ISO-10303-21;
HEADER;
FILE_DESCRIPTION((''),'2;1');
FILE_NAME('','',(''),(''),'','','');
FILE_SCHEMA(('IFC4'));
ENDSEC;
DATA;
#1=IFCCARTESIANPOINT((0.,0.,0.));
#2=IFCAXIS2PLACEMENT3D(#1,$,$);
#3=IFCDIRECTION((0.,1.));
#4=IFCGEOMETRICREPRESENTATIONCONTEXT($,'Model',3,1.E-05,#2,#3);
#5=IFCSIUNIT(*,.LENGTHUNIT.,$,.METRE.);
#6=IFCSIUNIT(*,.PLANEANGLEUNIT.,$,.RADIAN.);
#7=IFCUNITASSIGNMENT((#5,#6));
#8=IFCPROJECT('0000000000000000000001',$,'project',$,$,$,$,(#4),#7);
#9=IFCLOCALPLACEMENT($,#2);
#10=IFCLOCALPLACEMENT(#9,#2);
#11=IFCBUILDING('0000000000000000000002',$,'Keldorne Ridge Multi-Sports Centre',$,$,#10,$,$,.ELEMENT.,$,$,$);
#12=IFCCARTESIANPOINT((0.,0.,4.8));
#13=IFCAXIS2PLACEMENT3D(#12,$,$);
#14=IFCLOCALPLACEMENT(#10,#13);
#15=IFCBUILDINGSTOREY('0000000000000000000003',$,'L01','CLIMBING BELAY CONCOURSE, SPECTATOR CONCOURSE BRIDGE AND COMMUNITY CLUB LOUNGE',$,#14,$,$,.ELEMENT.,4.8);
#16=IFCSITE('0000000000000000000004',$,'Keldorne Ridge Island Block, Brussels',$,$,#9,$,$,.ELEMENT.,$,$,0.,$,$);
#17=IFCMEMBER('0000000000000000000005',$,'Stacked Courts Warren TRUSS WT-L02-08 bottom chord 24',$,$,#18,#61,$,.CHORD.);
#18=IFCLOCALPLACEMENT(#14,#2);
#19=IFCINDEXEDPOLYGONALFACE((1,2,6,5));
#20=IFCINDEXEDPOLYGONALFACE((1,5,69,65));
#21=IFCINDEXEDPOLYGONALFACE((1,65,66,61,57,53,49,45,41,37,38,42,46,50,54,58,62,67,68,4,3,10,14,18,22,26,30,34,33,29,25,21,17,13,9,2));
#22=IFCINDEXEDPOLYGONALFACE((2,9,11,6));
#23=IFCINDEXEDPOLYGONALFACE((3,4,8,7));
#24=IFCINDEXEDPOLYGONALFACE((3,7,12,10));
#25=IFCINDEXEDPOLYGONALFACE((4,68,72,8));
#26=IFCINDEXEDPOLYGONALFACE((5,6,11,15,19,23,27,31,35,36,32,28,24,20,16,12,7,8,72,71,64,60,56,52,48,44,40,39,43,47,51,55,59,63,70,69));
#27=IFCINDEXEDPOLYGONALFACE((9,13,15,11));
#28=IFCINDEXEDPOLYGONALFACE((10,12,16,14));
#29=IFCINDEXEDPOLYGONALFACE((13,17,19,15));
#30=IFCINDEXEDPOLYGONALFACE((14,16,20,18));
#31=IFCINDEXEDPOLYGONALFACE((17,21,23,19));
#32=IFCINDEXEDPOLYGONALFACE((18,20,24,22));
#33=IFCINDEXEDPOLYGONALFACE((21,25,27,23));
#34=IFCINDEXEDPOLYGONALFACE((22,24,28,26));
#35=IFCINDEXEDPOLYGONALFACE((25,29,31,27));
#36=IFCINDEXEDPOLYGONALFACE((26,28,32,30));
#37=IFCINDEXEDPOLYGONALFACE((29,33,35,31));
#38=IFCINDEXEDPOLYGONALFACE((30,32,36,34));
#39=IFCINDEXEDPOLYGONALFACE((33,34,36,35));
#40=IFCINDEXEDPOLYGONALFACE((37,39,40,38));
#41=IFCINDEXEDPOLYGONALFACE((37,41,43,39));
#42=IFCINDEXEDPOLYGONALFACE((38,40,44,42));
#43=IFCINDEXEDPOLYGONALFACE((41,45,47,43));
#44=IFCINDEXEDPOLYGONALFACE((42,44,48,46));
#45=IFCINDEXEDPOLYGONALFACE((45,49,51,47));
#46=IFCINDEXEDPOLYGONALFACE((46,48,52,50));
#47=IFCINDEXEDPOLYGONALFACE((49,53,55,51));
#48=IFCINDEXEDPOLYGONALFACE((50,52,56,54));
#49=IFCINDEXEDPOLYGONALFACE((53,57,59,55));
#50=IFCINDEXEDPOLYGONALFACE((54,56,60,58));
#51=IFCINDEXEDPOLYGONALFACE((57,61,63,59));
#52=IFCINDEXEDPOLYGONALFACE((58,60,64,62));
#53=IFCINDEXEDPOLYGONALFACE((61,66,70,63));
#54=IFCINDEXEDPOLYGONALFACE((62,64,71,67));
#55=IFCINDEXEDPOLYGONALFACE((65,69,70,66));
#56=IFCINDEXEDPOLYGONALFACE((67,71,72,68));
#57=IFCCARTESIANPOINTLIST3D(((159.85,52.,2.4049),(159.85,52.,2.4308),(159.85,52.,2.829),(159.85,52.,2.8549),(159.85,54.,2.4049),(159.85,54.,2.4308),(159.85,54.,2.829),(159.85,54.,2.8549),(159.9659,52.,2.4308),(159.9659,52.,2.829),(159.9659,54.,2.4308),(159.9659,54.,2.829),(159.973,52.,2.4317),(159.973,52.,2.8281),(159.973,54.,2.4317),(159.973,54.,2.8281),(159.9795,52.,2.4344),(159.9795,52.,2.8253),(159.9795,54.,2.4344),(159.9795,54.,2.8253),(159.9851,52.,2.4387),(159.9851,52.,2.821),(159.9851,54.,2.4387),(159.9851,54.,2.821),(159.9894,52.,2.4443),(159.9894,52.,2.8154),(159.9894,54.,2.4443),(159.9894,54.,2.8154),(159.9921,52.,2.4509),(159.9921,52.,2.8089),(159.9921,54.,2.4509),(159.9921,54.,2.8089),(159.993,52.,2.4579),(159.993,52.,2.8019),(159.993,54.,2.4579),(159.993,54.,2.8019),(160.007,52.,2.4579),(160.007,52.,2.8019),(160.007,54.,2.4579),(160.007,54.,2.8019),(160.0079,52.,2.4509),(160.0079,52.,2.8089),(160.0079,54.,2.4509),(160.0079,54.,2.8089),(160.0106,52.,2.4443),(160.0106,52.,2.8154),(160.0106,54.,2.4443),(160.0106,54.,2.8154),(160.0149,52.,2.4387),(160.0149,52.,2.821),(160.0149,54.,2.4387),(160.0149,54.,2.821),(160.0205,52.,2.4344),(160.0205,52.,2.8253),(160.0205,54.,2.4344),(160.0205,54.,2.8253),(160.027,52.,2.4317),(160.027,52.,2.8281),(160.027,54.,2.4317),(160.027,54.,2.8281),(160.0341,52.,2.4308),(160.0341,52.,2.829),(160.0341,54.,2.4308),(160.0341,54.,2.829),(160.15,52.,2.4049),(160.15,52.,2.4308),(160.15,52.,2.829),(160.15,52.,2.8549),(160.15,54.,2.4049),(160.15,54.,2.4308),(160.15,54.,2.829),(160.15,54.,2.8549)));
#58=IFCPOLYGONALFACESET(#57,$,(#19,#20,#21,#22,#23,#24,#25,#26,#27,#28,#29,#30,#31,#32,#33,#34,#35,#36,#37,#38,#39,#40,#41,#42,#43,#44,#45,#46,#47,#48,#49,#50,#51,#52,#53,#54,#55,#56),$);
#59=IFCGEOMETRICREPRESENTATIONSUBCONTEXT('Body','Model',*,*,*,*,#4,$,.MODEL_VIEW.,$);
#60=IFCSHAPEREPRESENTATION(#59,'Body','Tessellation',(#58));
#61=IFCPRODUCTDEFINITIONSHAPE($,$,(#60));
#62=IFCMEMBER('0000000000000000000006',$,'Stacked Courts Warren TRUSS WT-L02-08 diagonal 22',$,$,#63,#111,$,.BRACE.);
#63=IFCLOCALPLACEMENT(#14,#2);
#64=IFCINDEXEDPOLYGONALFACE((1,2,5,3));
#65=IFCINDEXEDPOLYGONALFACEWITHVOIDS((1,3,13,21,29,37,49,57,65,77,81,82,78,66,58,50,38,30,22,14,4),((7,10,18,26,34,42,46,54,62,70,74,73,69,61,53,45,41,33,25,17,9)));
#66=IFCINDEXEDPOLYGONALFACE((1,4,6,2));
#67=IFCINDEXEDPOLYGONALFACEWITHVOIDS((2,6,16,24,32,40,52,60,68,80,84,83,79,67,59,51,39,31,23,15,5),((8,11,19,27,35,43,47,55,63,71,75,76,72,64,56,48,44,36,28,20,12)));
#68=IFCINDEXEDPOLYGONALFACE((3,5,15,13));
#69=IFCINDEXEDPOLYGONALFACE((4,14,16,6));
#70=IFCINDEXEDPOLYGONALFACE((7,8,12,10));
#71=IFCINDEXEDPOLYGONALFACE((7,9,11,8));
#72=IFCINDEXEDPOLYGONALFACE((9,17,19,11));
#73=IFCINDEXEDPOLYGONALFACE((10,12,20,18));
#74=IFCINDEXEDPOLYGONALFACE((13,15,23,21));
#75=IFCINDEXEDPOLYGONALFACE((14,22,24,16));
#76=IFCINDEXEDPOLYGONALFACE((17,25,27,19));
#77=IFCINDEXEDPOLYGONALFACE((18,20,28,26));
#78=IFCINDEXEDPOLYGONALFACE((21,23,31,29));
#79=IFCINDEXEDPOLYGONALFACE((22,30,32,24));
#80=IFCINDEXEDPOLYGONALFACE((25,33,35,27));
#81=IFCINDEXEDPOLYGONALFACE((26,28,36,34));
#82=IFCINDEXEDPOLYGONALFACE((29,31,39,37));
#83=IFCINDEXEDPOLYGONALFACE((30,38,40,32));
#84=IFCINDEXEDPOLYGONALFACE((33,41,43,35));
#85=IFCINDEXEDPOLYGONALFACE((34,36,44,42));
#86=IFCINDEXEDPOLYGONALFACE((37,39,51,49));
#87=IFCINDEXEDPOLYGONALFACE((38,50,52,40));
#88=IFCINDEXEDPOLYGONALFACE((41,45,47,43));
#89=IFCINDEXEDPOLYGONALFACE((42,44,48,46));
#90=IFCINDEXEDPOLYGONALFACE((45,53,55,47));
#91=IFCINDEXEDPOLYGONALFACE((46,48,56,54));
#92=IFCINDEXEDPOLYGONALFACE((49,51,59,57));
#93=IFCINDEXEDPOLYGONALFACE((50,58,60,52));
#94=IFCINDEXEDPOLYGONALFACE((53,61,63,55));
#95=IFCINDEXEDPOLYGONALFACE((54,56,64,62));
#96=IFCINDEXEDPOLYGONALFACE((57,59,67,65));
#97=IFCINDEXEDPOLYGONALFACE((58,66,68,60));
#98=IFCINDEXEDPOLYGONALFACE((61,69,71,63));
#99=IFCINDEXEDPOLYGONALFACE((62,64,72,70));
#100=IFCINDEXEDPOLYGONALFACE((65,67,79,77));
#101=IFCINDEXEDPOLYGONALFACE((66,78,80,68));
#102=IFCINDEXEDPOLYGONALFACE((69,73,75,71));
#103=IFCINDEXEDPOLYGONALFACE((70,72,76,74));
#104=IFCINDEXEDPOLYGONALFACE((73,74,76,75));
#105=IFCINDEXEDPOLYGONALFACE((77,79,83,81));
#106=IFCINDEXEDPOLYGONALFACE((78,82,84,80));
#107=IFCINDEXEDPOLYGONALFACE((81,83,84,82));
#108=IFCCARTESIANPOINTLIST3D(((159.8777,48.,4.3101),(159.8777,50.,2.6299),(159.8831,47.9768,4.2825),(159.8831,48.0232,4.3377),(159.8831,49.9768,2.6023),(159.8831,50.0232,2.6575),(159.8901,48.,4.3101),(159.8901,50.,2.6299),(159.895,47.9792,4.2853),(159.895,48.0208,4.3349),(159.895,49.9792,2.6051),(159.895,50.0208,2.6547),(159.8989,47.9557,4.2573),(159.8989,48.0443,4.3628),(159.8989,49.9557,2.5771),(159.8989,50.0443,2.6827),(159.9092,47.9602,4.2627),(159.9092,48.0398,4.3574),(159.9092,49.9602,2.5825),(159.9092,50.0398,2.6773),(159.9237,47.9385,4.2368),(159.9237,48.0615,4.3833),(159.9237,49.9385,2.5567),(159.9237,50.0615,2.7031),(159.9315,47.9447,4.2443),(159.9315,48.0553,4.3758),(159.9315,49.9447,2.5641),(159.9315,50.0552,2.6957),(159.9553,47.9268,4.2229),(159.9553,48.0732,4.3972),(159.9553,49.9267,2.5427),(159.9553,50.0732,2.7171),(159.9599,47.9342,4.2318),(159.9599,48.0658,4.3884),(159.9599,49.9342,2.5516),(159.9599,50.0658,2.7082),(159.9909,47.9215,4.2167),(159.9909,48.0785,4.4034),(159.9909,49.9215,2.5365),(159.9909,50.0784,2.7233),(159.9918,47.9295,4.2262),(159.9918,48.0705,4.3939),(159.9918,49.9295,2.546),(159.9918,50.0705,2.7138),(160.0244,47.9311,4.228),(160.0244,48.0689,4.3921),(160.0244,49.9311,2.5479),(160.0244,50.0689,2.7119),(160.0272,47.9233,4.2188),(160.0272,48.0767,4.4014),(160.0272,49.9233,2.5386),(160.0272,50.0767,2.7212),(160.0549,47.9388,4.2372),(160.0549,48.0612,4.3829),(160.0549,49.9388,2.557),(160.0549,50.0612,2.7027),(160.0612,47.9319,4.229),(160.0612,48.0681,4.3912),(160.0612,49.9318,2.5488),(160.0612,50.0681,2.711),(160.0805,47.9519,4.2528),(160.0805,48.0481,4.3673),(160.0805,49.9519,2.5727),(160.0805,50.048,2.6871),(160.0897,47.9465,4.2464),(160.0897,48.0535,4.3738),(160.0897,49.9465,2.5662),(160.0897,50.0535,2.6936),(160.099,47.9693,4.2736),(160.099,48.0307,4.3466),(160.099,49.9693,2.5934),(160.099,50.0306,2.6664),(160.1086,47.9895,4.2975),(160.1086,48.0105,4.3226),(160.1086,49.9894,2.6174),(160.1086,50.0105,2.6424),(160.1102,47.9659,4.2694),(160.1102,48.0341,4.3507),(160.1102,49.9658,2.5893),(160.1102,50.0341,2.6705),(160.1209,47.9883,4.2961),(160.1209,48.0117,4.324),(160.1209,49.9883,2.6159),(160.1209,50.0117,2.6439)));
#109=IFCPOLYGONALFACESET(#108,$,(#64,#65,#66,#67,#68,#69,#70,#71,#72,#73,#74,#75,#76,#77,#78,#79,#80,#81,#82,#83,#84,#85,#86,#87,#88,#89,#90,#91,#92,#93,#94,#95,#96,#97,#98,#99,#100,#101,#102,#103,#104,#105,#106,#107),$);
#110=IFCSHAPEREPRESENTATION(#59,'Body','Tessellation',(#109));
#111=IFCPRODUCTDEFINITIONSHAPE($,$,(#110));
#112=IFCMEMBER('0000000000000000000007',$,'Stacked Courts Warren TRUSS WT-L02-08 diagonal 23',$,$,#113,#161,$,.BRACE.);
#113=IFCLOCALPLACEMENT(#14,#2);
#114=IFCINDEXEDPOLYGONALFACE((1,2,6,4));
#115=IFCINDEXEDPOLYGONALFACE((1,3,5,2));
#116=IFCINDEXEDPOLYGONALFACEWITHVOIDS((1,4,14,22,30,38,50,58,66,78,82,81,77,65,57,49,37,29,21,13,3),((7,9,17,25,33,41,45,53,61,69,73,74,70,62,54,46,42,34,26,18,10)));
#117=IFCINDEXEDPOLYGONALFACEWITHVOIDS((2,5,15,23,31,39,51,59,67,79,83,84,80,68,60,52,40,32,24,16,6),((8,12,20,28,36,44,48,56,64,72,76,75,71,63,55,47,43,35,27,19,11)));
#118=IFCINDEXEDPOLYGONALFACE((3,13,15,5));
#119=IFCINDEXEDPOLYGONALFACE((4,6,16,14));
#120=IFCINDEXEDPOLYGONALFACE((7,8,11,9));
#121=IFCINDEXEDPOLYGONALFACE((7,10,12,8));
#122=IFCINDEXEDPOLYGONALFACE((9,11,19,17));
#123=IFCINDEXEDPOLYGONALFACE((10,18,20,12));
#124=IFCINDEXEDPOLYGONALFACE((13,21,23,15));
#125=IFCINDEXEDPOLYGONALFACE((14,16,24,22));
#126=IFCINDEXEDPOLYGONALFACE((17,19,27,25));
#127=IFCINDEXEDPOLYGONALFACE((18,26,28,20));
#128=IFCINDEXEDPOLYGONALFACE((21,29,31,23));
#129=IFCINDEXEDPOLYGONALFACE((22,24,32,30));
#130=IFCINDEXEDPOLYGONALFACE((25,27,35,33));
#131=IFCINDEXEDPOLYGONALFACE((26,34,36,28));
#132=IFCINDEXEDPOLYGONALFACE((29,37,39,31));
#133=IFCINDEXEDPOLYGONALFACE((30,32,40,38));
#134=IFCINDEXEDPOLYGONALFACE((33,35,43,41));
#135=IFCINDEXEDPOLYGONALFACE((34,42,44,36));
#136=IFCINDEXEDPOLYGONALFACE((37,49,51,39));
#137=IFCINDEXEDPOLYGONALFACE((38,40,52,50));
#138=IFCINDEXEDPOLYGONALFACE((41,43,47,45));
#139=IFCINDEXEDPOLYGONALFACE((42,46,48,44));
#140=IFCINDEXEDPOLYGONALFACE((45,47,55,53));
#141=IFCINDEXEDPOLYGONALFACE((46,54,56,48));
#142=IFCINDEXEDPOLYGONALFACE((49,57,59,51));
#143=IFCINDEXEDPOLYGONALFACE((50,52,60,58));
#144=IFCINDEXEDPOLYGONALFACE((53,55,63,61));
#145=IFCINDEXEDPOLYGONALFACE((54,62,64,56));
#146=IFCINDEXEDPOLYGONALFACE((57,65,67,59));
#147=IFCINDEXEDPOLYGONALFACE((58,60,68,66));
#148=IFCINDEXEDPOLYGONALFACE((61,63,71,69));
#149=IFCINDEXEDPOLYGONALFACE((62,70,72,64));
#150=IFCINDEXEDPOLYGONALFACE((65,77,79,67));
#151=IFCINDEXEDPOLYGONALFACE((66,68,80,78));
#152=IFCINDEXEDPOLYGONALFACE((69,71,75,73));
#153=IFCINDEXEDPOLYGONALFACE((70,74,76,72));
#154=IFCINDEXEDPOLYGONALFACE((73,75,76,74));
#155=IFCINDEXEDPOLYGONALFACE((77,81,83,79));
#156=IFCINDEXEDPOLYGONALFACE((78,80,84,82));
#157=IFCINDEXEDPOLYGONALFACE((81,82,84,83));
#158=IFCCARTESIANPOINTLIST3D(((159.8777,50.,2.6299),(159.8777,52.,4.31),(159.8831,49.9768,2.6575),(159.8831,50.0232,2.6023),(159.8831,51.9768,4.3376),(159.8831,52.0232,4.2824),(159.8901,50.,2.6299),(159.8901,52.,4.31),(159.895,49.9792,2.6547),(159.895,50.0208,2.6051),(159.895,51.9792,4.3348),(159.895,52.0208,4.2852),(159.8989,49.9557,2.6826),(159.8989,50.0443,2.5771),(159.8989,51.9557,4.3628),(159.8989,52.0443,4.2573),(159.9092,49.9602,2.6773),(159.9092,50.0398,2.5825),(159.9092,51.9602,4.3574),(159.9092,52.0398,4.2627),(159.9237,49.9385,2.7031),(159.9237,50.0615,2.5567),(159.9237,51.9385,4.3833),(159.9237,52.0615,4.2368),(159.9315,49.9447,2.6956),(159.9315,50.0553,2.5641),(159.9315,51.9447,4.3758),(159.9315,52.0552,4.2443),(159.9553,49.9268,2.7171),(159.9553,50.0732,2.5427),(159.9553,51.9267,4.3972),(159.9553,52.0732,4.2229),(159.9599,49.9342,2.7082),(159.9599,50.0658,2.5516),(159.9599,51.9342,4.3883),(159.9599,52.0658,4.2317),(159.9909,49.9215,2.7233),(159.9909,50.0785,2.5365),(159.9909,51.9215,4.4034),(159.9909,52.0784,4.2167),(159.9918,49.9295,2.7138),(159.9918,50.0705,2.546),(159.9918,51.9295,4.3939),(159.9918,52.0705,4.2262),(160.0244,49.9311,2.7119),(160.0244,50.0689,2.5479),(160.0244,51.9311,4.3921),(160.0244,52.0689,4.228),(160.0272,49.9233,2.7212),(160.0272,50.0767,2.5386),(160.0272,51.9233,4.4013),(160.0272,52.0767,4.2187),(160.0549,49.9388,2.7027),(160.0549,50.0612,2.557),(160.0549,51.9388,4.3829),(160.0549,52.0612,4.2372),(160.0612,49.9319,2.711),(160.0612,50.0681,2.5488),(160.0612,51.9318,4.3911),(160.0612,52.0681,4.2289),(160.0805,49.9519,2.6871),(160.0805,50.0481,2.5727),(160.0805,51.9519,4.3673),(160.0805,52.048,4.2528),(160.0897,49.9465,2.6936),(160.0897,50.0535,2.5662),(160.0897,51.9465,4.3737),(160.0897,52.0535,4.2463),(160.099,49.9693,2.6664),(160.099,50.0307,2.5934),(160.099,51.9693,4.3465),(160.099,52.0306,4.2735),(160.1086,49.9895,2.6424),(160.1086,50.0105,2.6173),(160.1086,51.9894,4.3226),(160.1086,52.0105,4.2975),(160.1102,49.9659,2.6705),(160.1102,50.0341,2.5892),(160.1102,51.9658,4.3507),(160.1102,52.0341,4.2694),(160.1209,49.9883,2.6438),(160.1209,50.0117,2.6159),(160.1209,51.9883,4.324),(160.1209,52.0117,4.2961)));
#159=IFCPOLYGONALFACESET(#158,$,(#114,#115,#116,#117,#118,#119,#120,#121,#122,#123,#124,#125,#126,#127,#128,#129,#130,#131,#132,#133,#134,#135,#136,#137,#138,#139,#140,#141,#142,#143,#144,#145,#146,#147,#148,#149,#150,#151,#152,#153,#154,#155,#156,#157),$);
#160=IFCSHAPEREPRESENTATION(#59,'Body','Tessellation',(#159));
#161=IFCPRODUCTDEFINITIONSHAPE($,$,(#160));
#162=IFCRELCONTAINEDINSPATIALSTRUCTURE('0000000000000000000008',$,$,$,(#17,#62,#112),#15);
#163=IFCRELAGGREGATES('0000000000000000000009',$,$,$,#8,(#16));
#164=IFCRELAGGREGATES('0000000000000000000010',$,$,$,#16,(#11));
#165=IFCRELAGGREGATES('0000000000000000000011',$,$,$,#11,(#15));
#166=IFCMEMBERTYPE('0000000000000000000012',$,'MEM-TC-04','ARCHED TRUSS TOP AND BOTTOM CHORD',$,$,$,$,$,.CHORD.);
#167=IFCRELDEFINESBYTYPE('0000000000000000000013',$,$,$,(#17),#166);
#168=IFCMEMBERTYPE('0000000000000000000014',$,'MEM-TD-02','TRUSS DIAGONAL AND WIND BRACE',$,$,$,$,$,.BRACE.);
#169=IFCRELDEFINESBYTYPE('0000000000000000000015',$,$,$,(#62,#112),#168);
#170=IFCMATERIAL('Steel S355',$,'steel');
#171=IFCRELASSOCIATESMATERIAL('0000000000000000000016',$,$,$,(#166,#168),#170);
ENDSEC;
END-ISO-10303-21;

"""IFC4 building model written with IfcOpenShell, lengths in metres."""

from ifc_helpers import new_model, si_unit, direction, frame, origin, origin_2d, place, context, subcontext, project, spatial, hollow_circle, i_section, extrude, material, material_profile, profile_set, type_object, element, save


model = new_model("IFC4")

# Units and contexts
model_context = context("Model", 3, precision=1e-05, world=origin(), true_north=direction((0.0, 1.0)))
body_context = subcontext(model_context, "Body", "Model", "MODEL_VIEW")
ifc_project = project(units=[si_unit("LENGTHUNIT", "METRE"), si_unit("PLANEANGLEUNIT", "RADIAN")], contexts=[model_context])

# Site, building, storey
site_placement = place(None, origin())
site = spatial("IfcSite", under=ifc_project, at=site_placement, Name="Keldorne Ridge Island Block, Brussels", CompositionType="ELEMENT", RefElevation=0.0)
building_placement = place(site_placement, origin())
building = spatial("IfcBuilding", under=site, at=building_placement, Name="Keldorne Ridge Multi-Sports Centre", CompositionType="ELEMENT")
storey_placement = place(building_placement, frame((0.0, 0.0, 4.8)))
storey = spatial("IfcBuildingStorey", under=building, at=storey_placement, Name="L01", Description="CLIMBING BELAY CONCOURSE, SPECTATOR CONCOURSE BRIDGE AND COMMUNITY CLUB LOUNGE", CompositionType="ELEMENT", Elevation=4.8)

# Shared definitions
ifc_material_1 = material(Name="Steel S355", Category="steel")

# Members
ifc_material_profile_1 = material_profile(ifc_material_1, i_section(OverallWidth=0.3, OverallDepth=0.45, WebThickness=0.0139, FlangeThickness=0.0259, FilletRadius=0.0271, at=origin_2d()), Name="HEB 450")
ifc_profile_set_1 = profile_set([ifc_material_profile_1], Name="Steel S355")
member_type_1 = type_object("IfcMemberType", Name="MEM-TC-04", Description="ARCHED TRUSS TOP AND BOTTOM CHORD", PredefinedType="CHORD", material=ifc_profile_set_1)
for number, where, z_axis, x_axis, name in (
    (1, (160.0, 52.0, 2.6299), (0.0, 1.0, 0.0), (-1.0, 0.0, 0.0), "Stacked Courts Warren TRUSS WT-L02-08 bottom chord 24"),
):
    element("IfcMember", number, at=place(storey_placement, frame(where, z_axis=z_axis, x_axis=x_axis)), inside=storey, type_object=member_type_1, Name=name, PredefinedType="CHORD", context=body_context, shape_type="SweptSolid", body=[
        extrude(i_section(OverallWidth=0.3, OverallDepth=0.45, WebThickness=0.0139, FlangeThickness=0.0259, FilletRadius=0.0271, at=origin_2d()), origin(), (0.0, 0.0, 1.0), 2.0),
    ])
ifc_material_profile_2 = material_profile(ifc_material_1, hollow_circle(Radius=0.1223, WallThickness=0.0125, at=origin_2d()), Name="CHS 244.5x12.5")
ifc_profile_set_2 = profile_set([ifc_material_profile_2], Name="Steel S355")
member_type_2 = type_object("IfcMemberType", Name="MEM-TD-02", Description="TRUSS DIAGONAL AND WIND BRACE", PredefinedType="BRACE", material=ifc_profile_set_2)
for number, where, z_axis, x_axis, name in (
    (2, (160.0, 48.0, 4.3101), (0.0, 0.765672, -0.643232), (-1.0, 0.0, 0.0), "Stacked Courts Warren TRUSS WT-L02-08 diagonal 22"),
    (3, (160.0, 50.0, 2.6299), (0.0, 0.765672, 0.643232), (-1.0, 0.0, 0.0), "Stacked Courts Warren TRUSS WT-L02-08 diagonal 23"),
):
    element("IfcMember", number, at=place(storey_placement, frame(where, z_axis=z_axis, x_axis=x_axis)), inside=storey, type_object=member_type_2, Name=name, PredefinedType="BRACE", context=body_context, shape_type="SweptSolid", body=[
        extrude(hollow_circle(Radius=0.1223, WallThickness=0.0125, at=origin_2d()), origin(), (0.0, 0.0, 1.0), 2.6121),
    ])

save(model, "model.ifc")
